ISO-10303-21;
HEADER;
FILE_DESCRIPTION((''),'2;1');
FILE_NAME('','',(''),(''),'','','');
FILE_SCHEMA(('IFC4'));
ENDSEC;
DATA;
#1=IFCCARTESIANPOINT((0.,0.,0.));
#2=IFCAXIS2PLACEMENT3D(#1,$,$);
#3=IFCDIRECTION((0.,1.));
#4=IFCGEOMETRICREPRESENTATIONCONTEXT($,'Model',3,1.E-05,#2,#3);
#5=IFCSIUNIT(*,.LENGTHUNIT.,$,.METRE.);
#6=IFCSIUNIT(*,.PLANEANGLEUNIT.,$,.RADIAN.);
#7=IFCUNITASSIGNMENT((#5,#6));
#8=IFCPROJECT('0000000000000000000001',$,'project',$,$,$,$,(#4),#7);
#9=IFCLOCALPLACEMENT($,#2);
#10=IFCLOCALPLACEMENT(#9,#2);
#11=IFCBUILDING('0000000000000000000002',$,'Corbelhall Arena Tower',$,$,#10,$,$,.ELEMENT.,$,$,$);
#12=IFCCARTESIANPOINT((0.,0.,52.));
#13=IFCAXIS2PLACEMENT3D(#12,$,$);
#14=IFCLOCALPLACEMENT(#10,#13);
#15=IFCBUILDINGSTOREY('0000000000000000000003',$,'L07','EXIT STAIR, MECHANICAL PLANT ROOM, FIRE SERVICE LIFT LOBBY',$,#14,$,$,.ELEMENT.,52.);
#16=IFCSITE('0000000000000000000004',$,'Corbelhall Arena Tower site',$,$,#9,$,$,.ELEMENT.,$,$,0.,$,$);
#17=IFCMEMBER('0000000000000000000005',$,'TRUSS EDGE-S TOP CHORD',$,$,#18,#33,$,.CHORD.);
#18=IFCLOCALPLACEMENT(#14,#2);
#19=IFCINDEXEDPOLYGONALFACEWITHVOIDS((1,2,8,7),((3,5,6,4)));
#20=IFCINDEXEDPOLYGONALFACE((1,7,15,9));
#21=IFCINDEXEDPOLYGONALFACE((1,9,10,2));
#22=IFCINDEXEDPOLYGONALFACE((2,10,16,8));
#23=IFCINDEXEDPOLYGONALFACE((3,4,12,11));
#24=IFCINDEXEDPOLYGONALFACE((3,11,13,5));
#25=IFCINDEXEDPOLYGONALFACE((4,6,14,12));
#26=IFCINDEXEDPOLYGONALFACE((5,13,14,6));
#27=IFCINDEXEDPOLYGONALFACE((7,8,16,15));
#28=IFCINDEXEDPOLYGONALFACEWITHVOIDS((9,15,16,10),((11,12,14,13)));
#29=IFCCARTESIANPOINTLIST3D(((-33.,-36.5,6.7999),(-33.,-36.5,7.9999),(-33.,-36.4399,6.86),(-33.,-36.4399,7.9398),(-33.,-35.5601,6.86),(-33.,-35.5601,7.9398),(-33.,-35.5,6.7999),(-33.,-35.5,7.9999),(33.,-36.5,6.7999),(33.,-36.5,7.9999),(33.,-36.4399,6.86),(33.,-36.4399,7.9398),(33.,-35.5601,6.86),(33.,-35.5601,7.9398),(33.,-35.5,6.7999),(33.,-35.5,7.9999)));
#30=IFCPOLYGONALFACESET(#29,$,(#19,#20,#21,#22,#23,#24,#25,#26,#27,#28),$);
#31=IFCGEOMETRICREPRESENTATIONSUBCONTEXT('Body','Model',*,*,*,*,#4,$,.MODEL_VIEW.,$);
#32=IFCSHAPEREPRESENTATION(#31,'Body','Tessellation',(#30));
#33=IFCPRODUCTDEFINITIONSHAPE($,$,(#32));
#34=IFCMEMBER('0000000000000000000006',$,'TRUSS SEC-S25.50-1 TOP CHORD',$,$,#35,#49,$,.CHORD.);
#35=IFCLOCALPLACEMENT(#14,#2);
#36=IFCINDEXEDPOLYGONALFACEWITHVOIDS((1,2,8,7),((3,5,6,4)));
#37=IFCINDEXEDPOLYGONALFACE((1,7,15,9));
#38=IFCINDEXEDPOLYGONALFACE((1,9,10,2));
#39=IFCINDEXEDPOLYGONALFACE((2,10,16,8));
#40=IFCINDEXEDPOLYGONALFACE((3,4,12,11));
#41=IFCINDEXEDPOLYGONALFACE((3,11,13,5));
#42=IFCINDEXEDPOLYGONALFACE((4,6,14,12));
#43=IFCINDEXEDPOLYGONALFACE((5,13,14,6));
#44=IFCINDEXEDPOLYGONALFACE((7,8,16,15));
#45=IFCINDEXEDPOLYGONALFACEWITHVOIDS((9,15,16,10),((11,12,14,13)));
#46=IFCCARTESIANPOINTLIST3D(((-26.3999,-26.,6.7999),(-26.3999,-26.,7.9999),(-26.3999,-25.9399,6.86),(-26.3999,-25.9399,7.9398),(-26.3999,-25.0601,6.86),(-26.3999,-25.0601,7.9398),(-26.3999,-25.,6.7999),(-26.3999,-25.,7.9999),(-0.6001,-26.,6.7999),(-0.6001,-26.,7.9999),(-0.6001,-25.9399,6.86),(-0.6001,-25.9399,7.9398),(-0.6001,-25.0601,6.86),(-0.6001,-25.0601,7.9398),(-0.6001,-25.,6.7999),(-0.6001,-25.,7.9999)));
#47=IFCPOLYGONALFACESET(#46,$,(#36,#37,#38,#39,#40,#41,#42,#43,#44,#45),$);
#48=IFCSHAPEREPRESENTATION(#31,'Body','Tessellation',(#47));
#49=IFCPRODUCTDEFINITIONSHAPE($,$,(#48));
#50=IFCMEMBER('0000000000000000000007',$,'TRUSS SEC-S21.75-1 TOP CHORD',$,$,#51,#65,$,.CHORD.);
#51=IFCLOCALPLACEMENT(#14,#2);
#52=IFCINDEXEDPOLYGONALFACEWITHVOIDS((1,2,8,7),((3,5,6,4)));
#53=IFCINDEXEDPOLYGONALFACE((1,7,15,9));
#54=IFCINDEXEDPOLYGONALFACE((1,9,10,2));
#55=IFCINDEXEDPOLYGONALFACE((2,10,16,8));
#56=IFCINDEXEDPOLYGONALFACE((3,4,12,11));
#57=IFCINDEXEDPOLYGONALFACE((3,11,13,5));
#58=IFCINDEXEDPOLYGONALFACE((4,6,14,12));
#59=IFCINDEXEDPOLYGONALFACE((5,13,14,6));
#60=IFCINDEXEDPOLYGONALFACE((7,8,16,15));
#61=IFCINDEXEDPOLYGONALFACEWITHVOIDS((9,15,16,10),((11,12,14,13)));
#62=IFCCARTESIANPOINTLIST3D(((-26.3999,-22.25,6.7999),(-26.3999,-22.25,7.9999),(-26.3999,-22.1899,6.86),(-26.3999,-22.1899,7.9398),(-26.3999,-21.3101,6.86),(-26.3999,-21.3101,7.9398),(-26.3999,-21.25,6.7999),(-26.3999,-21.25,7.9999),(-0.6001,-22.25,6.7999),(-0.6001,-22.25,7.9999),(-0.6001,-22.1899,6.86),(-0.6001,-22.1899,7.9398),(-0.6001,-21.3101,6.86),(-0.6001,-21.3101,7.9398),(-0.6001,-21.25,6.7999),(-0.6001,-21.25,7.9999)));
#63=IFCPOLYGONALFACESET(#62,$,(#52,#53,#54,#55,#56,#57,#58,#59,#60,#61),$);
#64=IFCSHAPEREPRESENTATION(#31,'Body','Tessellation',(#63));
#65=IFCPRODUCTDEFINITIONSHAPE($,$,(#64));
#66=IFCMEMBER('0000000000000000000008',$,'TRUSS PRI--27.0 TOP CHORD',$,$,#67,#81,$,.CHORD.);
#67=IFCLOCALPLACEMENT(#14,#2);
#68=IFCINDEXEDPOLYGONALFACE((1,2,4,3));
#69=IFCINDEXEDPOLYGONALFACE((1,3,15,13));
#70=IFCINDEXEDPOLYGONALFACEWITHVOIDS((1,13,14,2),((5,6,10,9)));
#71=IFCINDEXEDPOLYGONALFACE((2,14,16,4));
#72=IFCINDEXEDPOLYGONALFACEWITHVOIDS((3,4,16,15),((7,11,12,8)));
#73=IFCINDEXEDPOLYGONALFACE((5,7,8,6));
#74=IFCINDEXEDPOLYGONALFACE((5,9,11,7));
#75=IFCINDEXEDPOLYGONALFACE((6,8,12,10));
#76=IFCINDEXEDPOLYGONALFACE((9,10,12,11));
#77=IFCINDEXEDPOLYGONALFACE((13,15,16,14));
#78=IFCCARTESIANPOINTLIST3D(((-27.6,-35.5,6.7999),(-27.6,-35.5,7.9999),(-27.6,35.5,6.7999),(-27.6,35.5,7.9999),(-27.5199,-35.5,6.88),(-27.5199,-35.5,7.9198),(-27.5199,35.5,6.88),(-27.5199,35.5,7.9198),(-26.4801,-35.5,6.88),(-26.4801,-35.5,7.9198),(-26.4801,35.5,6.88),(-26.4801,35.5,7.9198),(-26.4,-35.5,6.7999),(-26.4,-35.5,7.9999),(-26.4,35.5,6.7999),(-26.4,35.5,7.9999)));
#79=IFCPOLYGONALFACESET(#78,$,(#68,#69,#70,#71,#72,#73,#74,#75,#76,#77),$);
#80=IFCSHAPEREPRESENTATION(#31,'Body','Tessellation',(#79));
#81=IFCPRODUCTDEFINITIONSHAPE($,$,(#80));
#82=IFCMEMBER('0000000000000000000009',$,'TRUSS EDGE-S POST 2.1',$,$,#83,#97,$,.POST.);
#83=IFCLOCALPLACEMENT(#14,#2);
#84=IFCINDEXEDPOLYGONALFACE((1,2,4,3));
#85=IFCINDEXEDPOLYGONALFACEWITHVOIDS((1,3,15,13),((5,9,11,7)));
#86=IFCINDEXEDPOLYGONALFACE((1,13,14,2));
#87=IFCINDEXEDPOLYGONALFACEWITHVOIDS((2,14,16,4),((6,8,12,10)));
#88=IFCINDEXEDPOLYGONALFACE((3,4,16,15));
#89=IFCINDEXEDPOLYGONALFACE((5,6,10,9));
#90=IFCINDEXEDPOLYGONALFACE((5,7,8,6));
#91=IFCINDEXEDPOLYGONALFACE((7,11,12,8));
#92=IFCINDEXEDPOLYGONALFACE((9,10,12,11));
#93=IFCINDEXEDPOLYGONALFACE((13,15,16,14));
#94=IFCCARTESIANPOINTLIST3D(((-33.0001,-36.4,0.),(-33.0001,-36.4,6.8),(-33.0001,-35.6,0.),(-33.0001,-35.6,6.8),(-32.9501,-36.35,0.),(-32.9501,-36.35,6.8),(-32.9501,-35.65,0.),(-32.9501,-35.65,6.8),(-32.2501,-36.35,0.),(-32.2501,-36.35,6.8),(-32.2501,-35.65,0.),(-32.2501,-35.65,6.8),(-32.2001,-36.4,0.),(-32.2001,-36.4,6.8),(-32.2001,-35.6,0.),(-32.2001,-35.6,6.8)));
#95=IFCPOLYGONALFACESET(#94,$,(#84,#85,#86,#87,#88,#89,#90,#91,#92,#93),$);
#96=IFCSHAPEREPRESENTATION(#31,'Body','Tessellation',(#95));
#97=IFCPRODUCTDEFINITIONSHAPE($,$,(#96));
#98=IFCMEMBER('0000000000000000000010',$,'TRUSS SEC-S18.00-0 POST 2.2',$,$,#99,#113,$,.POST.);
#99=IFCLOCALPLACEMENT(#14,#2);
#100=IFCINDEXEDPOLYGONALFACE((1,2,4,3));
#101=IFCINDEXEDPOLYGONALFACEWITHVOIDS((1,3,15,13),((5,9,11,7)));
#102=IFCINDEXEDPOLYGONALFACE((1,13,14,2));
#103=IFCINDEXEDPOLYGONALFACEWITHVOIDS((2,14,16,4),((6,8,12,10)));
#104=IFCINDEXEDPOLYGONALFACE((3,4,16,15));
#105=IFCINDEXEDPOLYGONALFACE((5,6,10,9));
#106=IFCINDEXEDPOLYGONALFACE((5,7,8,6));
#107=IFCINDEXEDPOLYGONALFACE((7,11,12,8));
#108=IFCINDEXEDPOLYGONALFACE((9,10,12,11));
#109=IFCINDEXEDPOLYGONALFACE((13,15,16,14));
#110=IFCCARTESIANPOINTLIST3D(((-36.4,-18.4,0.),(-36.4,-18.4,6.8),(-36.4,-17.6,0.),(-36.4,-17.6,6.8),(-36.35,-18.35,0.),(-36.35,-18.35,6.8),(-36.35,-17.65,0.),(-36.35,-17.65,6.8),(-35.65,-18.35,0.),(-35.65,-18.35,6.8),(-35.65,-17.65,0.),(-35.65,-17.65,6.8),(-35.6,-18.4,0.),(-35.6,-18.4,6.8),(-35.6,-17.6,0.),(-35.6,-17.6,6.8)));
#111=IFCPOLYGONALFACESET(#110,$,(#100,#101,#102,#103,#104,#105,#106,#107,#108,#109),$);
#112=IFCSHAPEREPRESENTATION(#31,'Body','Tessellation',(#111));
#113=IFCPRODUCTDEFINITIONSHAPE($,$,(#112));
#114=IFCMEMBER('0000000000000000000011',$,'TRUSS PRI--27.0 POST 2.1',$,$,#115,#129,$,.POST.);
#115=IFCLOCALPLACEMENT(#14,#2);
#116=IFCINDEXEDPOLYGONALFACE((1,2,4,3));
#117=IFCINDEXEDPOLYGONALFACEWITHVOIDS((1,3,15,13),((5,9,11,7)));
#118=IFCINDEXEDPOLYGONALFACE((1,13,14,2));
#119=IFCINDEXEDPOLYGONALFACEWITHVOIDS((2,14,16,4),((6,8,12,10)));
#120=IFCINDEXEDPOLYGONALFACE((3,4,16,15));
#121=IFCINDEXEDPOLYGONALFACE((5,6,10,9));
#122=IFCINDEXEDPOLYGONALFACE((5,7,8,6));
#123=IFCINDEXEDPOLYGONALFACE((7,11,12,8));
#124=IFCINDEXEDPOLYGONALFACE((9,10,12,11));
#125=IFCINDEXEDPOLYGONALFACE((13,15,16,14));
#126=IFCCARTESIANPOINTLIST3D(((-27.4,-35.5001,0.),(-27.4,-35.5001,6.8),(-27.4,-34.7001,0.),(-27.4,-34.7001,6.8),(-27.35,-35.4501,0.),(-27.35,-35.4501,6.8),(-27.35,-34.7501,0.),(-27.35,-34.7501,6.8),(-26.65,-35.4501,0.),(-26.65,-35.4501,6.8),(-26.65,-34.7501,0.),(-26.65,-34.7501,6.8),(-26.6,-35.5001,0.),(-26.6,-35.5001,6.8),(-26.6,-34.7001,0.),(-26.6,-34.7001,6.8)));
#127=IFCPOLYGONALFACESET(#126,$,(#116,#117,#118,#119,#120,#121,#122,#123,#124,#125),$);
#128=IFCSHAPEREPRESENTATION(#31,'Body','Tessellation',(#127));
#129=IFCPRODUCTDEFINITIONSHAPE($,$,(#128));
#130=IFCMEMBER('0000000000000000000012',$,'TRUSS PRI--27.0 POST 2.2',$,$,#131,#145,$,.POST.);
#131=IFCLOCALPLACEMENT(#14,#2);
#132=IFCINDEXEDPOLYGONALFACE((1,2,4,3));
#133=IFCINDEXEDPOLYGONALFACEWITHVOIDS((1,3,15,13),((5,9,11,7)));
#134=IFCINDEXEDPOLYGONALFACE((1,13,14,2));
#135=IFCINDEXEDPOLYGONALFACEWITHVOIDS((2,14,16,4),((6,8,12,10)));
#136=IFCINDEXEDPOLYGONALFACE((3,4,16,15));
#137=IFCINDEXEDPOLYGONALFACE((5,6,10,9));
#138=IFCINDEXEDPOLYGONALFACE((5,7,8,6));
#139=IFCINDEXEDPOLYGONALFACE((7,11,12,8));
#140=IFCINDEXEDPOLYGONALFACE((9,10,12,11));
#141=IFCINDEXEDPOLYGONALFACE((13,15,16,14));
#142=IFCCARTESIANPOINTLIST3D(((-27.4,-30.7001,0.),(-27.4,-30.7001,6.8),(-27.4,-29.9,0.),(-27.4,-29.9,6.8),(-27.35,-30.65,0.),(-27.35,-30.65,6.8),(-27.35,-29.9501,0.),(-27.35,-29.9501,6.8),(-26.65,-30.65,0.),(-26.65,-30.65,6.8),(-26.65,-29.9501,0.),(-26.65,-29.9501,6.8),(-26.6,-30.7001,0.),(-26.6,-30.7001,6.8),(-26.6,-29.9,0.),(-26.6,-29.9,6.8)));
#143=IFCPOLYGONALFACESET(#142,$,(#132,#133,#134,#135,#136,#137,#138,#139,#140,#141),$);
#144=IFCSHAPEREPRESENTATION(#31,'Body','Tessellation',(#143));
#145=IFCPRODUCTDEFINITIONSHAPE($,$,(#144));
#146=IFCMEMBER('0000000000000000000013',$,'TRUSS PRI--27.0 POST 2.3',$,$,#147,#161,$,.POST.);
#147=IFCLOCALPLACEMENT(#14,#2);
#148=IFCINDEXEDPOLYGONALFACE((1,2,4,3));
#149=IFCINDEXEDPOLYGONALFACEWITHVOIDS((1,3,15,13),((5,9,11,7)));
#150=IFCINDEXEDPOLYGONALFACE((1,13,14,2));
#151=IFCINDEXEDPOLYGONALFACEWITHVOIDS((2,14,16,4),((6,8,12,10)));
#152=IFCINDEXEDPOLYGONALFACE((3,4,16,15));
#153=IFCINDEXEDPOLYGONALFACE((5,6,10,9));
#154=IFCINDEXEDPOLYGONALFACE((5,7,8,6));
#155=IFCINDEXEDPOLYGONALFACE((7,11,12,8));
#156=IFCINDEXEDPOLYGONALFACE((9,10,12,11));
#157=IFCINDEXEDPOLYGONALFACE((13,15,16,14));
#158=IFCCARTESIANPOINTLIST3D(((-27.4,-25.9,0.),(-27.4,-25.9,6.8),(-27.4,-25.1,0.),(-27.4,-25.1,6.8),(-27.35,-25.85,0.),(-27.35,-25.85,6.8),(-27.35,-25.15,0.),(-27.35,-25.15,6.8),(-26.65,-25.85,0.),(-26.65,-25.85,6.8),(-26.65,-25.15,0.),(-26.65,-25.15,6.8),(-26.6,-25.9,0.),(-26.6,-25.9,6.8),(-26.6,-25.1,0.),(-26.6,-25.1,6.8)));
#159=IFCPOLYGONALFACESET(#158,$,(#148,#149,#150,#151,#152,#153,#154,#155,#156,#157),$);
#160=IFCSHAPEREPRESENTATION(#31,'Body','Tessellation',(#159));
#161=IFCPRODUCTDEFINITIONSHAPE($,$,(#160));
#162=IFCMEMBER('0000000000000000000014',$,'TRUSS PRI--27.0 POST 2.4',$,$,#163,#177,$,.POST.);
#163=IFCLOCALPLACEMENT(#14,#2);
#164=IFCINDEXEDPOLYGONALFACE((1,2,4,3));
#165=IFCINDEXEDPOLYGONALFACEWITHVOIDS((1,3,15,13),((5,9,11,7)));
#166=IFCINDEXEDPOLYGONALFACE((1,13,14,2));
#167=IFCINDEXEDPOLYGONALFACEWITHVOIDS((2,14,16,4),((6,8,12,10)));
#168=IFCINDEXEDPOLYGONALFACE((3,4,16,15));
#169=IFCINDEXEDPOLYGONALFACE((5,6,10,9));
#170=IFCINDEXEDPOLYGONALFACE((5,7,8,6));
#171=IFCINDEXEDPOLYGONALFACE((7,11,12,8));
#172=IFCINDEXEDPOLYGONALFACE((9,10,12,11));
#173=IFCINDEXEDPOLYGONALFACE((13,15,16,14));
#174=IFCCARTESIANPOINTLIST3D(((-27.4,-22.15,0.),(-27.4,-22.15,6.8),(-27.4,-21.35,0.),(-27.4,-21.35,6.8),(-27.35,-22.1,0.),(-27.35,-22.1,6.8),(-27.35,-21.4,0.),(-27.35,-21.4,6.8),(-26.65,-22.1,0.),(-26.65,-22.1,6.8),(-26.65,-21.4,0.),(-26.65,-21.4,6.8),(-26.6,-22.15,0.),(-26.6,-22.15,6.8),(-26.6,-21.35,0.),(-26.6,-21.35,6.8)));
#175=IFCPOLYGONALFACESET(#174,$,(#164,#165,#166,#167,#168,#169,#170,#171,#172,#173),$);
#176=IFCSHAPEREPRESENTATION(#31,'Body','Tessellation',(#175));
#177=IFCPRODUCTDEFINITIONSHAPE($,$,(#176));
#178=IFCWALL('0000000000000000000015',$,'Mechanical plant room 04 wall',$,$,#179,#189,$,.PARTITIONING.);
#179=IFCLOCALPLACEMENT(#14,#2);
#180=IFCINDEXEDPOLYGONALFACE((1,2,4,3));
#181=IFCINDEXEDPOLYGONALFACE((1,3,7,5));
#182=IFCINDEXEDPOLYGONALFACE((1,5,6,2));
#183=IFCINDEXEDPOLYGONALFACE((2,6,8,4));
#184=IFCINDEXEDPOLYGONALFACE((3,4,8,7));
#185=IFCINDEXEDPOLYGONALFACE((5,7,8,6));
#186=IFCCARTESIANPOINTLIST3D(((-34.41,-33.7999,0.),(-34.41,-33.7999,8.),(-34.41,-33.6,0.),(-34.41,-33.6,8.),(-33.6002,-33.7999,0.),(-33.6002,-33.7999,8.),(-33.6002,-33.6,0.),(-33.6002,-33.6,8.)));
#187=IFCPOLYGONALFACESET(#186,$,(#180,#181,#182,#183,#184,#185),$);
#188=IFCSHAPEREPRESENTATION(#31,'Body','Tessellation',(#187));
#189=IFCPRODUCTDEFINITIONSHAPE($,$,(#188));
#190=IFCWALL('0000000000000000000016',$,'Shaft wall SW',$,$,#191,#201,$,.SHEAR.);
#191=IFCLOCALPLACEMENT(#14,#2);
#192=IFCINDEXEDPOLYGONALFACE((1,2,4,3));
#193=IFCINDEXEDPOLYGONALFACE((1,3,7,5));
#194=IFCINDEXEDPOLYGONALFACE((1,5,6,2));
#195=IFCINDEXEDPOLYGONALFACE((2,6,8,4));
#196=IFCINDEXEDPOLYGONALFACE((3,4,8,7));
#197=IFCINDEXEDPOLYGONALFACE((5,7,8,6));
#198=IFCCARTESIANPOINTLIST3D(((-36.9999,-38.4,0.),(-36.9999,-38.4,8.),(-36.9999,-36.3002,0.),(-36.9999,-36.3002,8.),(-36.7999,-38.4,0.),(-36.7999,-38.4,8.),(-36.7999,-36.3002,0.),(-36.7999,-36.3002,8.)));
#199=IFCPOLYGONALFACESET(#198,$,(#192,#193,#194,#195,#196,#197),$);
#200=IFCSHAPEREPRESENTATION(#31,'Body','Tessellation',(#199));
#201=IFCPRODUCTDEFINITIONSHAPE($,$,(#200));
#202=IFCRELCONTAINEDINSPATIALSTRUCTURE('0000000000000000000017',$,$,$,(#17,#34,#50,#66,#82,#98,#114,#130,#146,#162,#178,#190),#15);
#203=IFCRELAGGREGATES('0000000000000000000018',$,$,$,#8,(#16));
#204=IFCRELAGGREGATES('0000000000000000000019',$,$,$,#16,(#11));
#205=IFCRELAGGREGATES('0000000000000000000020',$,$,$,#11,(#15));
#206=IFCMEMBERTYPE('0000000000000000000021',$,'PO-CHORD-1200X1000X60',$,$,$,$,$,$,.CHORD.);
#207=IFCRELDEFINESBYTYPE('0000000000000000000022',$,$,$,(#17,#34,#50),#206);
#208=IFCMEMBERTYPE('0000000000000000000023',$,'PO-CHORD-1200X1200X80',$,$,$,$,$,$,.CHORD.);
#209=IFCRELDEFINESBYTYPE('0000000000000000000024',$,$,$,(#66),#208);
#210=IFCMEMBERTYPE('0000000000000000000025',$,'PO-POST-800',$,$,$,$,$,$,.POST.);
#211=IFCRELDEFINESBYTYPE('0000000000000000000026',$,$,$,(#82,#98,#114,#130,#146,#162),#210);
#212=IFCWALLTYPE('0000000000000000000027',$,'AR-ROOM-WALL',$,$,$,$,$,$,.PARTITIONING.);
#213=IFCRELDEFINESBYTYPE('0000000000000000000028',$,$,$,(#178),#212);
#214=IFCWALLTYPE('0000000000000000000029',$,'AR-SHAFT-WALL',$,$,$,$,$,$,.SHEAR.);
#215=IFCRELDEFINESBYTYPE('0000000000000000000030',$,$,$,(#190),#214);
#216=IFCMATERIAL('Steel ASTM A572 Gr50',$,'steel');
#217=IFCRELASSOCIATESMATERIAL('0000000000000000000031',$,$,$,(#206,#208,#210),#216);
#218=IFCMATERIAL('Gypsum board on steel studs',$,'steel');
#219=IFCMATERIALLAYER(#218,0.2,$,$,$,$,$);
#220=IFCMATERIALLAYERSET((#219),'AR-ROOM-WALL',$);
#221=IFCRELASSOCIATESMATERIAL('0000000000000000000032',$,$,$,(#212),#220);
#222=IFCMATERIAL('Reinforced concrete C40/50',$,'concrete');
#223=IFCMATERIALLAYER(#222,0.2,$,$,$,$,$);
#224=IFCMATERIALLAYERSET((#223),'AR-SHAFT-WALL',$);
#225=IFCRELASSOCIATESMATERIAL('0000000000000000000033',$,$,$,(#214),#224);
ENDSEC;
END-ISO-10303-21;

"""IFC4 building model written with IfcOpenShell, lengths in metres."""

from ifc_helpers import new_model, si_unit, direction, frame, frame_2d, origin, origin_2d, place, context, subcontext, project, spatial, rectangle, hollow_rectangle, extrude, material, layer, layer_set, material_profile, profile_set, type_object, element, save


model = new_model("IFC4")

# Units and contexts
model_context = context("Model", 3, precision=1e-05, world=origin(), true_north=direction((0.0, 1.0)))
body_context = subcontext(model_context, "Body", "Model", "MODEL_VIEW")
ifc_project = project(units=[si_unit("LENGTHUNIT", "METRE"), si_unit("PLANEANGLEUNIT", "RADIAN")], contexts=[model_context])

# Site, building, storey
site_placement = place(None, origin())
site = spatial("IfcSite", under=ifc_project, at=site_placement, Name="Corbelhall Arena Tower site", CompositionType="ELEMENT", RefElevation=0.0)
building_placement = place(site_placement, origin())
building = spatial("IfcBuilding", under=site, at=building_placement, Name="Corbelhall Arena Tower", CompositionType="ELEMENT")
storey_placement = place(building_placement, frame((0.0, 0.0, 52.0)))
storey = spatial("IfcBuildingStorey", under=building, at=storey_placement, Name="L07", Description="EXIT STAIR, MECHANICAL PLANT ROOM, FIRE SERVICE LIFT LOBBY", CompositionType="ELEMENT", Elevation=52.0)

# Members
ifc_material_1 = material(Name="Steel ASTM A572 Gr50", Category="steel")
ifc_material_profile_1 = material_profile(ifc_material_1, hollow_rectangle(XDim=1.0, YDim=1.2, WallThickness=0.0601, at=origin_2d()))
ifc_profile_set_1 = profile_set([ifc_material_profile_1], Name="Steel ASTM A572 Gr50")
member_type_1 = type_object("IfcMemberType", Name="PO-CHORD-1200X1000X60", PredefinedType="CHORD", material=ifc_profile_set_1)
member_1_placement = place(storey_placement, frame((-33.0, -36.0, 7.3999), z_axis=(1.0, 0.0, 0.0), x_axis=(0.0, 1.0, 0.0)))
element("IfcMember", 1, at=member_1_placement, inside=storey, type_object=member_type_1, Name="TRUSS EDGE-S TOP CHORD", PredefinedType="CHORD", context=body_context, shape_type="SweptSolid", body=[
    extrude(hollow_rectangle(XDim=1.0, YDim=1.2, WallThickness=0.0601, at=origin_2d()), origin(), (0.0, 0.0, 1.0), 66.0),
])
for number, where, z_axis, x_axis, name in (
    (2, (-26.3999, -25.5, 7.3999), (1.0, 0.0, 0.0), (0.0, 1.0, 0.0), "TRUSS SEC-S25.50-1 TOP CHORD"),
    (3, (-26.3999, -21.75, 7.3999), (1.0, 0.0, 0.0), (0.0, 1.0, 0.0), "TRUSS SEC-S21.75-1 TOP CHORD"),
):
    element("IfcMember", number, at=place(storey_placement, frame(where, z_axis=z_axis, x_axis=x_axis)), inside=storey, type_object=member_type_1, Name=name, PredefinedType="CHORD", context=body_context, shape_type="SweptSolid", body=[
        extrude(hollow_rectangle(XDim=1.0, YDim=1.2, WallThickness=0.0601, at=origin_2d()), origin(), (0.0, 0.0, 1.0), 25.7998),
    ])
ifc_material_profile_2 = material_profile(ifc_material_1, hollow_rectangle(XDim=1.2, YDim=1.2, WallThickness=0.0801, at=origin_2d()))
ifc_profile_set_2 = profile_set([ifc_material_profile_2], Name="Steel ASTM A572 Gr50")
member_type_2 = type_object("IfcMemberType", Name="PO-CHORD-1200X1200X80", PredefinedType="CHORD", material=ifc_profile_set_2)
member_2_placement = place(storey_placement, frame((-27.0, -35.5, 7.3999), z_axis=(0.0, 1.0, 0.0), x_axis=(-1.0, 0.0, 0.0)))
element("IfcMember", 4, at=member_2_placement, inside=storey, type_object=member_type_2, Name="TRUSS PRI--27.0 TOP CHORD", PredefinedType="CHORD", context=body_context, shape_type="SweptSolid", body=[
    extrude(hollow_rectangle(XDim=1.2, YDim=1.2, WallThickness=0.0801, at=origin_2d()), origin(), (0.0, 0.0, 1.0), 71.0),
])
ifc_material_profile_3 = material_profile(ifc_material_1, hollow_rectangle(XDim=0.8, YDim=0.8, WallThickness=0.05, at=origin_2d()))
ifc_profile_set_3 = profile_set([ifc_material_profile_3], Name="Steel ASTM A572 Gr50")
member_type_3 = type_object("IfcMemberType", Name="PO-POST-800", PredefinedType="POST", material=ifc_profile_set_3)
for number, where, z_axis, x_axis, name in (
    (5, (-32.6001, -36.0, 0.0), (0.0, 0.0, 1.0), (1.0, 0.0, 0.0), "TRUSS EDGE-S POST 2.1"),
    (6, (-36.0, -18.0, 0.0), (0.0, 0.0, 1.0), (1.0, 0.0, 0.0), "TRUSS SEC-S18.00-0 POST 2.2"),
    (7, (-27.0, -35.1001, 0.0), (0.0, 0.0, 1.0), (1.0, 0.0, 0.0), "TRUSS PRI--27.0 POST 2.1"),
    (8, (-27.0, -30.3, 0.0), (0.0, 0.0, 1.0), (1.0, 0.0, 0.0), "TRUSS PRI--27.0 POST 2.2"),
    (9, (-27.0, -25.5, 0.0), (0.0, 0.0, 1.0), (1.0, 0.0, 0.0), "TRUSS PRI--27.0 POST 2.3"),
    (10, (-27.0, -21.75, 0.0), (0.0, 0.0, 1.0), (1.0, 0.0, 0.0), "TRUSS PRI--27.0 POST 2.4"),
):
    element("IfcMember", number, at=place(storey_placement, frame(where, z_axis=z_axis, x_axis=x_axis)), inside=storey, type_object=member_type_3, Name=name, PredefinedType="POST", context=body_context, shape_type="SweptSolid", body=[
        extrude(hollow_rectangle(XDim=0.8, YDim=0.8, WallThickness=0.05, at=origin_2d()), origin(), (0.0, 0.0, 1.0), 6.8),
    ])

# Walls
ifc_material_2 = material(Name="Gypsum board on steel studs", Category="steel")
ifc_layer_1 = layer(ifc_material_2, 0.2)
ifc_layer_set_1 = layer_set([ifc_layer_1], Name="AR-ROOM-WALL")
wall_type_1 = type_object("IfcWallType", Name="AR-ROOM-WALL", PredefinedType="PARTITIONING", material=ifc_layer_set_1)
wall_1_placement = place(storey_placement, frame((-34.4099, -33.7, 0.0), z_axis=(0.0, 0.0, 1.0), x_axis=(1.0, 0.0, 0.0)))
element("IfcWall", 11, at=wall_1_placement, inside=storey, type_object=wall_type_1, Name="Mechanical plant room 04 wall", PredefinedType="PARTITIONING", context=body_context, shape_type="SweptSolid", body=[
    extrude(rectangle(XDim=0.8098, YDim=0.2, at=frame_2d((0.4048, 0.0))), origin(), (0.0, 0.0, 1.0), 8.0),
])
ifc_material_3 = material(Name="Reinforced concrete C40/50", Category="concrete")
ifc_layer_2 = layer(ifc_material_3, 0.2)
ifc_layer_set_2 = layer_set([ifc_layer_2], Name="AR-SHAFT-WALL")
wall_type_2 = type_object("IfcWallType", Name="AR-SHAFT-WALL", PredefinedType="SHEAR", material=ifc_layer_set_2)
wall_2_placement = place(storey_placement, frame((-36.8999, -38.3999, 0.0), z_axis=(0.0, 0.0, 1.0), x_axis=(0.0, 1.0, 0.0)))
element("IfcWall", 12, at=wall_2_placement, inside=storey, type_object=wall_type_2, Name="Shaft wall SW", PredefinedType="SHEAR", context=body_context, shape_type="SweptSolid", body=[
    extrude(rectangle(XDim=2.0999, YDim=0.2, at=frame_2d((1.0498, 0.0))), origin(), (0.0, 0.0, 1.0), 8.0),
])

save(model, "model.ifc")
